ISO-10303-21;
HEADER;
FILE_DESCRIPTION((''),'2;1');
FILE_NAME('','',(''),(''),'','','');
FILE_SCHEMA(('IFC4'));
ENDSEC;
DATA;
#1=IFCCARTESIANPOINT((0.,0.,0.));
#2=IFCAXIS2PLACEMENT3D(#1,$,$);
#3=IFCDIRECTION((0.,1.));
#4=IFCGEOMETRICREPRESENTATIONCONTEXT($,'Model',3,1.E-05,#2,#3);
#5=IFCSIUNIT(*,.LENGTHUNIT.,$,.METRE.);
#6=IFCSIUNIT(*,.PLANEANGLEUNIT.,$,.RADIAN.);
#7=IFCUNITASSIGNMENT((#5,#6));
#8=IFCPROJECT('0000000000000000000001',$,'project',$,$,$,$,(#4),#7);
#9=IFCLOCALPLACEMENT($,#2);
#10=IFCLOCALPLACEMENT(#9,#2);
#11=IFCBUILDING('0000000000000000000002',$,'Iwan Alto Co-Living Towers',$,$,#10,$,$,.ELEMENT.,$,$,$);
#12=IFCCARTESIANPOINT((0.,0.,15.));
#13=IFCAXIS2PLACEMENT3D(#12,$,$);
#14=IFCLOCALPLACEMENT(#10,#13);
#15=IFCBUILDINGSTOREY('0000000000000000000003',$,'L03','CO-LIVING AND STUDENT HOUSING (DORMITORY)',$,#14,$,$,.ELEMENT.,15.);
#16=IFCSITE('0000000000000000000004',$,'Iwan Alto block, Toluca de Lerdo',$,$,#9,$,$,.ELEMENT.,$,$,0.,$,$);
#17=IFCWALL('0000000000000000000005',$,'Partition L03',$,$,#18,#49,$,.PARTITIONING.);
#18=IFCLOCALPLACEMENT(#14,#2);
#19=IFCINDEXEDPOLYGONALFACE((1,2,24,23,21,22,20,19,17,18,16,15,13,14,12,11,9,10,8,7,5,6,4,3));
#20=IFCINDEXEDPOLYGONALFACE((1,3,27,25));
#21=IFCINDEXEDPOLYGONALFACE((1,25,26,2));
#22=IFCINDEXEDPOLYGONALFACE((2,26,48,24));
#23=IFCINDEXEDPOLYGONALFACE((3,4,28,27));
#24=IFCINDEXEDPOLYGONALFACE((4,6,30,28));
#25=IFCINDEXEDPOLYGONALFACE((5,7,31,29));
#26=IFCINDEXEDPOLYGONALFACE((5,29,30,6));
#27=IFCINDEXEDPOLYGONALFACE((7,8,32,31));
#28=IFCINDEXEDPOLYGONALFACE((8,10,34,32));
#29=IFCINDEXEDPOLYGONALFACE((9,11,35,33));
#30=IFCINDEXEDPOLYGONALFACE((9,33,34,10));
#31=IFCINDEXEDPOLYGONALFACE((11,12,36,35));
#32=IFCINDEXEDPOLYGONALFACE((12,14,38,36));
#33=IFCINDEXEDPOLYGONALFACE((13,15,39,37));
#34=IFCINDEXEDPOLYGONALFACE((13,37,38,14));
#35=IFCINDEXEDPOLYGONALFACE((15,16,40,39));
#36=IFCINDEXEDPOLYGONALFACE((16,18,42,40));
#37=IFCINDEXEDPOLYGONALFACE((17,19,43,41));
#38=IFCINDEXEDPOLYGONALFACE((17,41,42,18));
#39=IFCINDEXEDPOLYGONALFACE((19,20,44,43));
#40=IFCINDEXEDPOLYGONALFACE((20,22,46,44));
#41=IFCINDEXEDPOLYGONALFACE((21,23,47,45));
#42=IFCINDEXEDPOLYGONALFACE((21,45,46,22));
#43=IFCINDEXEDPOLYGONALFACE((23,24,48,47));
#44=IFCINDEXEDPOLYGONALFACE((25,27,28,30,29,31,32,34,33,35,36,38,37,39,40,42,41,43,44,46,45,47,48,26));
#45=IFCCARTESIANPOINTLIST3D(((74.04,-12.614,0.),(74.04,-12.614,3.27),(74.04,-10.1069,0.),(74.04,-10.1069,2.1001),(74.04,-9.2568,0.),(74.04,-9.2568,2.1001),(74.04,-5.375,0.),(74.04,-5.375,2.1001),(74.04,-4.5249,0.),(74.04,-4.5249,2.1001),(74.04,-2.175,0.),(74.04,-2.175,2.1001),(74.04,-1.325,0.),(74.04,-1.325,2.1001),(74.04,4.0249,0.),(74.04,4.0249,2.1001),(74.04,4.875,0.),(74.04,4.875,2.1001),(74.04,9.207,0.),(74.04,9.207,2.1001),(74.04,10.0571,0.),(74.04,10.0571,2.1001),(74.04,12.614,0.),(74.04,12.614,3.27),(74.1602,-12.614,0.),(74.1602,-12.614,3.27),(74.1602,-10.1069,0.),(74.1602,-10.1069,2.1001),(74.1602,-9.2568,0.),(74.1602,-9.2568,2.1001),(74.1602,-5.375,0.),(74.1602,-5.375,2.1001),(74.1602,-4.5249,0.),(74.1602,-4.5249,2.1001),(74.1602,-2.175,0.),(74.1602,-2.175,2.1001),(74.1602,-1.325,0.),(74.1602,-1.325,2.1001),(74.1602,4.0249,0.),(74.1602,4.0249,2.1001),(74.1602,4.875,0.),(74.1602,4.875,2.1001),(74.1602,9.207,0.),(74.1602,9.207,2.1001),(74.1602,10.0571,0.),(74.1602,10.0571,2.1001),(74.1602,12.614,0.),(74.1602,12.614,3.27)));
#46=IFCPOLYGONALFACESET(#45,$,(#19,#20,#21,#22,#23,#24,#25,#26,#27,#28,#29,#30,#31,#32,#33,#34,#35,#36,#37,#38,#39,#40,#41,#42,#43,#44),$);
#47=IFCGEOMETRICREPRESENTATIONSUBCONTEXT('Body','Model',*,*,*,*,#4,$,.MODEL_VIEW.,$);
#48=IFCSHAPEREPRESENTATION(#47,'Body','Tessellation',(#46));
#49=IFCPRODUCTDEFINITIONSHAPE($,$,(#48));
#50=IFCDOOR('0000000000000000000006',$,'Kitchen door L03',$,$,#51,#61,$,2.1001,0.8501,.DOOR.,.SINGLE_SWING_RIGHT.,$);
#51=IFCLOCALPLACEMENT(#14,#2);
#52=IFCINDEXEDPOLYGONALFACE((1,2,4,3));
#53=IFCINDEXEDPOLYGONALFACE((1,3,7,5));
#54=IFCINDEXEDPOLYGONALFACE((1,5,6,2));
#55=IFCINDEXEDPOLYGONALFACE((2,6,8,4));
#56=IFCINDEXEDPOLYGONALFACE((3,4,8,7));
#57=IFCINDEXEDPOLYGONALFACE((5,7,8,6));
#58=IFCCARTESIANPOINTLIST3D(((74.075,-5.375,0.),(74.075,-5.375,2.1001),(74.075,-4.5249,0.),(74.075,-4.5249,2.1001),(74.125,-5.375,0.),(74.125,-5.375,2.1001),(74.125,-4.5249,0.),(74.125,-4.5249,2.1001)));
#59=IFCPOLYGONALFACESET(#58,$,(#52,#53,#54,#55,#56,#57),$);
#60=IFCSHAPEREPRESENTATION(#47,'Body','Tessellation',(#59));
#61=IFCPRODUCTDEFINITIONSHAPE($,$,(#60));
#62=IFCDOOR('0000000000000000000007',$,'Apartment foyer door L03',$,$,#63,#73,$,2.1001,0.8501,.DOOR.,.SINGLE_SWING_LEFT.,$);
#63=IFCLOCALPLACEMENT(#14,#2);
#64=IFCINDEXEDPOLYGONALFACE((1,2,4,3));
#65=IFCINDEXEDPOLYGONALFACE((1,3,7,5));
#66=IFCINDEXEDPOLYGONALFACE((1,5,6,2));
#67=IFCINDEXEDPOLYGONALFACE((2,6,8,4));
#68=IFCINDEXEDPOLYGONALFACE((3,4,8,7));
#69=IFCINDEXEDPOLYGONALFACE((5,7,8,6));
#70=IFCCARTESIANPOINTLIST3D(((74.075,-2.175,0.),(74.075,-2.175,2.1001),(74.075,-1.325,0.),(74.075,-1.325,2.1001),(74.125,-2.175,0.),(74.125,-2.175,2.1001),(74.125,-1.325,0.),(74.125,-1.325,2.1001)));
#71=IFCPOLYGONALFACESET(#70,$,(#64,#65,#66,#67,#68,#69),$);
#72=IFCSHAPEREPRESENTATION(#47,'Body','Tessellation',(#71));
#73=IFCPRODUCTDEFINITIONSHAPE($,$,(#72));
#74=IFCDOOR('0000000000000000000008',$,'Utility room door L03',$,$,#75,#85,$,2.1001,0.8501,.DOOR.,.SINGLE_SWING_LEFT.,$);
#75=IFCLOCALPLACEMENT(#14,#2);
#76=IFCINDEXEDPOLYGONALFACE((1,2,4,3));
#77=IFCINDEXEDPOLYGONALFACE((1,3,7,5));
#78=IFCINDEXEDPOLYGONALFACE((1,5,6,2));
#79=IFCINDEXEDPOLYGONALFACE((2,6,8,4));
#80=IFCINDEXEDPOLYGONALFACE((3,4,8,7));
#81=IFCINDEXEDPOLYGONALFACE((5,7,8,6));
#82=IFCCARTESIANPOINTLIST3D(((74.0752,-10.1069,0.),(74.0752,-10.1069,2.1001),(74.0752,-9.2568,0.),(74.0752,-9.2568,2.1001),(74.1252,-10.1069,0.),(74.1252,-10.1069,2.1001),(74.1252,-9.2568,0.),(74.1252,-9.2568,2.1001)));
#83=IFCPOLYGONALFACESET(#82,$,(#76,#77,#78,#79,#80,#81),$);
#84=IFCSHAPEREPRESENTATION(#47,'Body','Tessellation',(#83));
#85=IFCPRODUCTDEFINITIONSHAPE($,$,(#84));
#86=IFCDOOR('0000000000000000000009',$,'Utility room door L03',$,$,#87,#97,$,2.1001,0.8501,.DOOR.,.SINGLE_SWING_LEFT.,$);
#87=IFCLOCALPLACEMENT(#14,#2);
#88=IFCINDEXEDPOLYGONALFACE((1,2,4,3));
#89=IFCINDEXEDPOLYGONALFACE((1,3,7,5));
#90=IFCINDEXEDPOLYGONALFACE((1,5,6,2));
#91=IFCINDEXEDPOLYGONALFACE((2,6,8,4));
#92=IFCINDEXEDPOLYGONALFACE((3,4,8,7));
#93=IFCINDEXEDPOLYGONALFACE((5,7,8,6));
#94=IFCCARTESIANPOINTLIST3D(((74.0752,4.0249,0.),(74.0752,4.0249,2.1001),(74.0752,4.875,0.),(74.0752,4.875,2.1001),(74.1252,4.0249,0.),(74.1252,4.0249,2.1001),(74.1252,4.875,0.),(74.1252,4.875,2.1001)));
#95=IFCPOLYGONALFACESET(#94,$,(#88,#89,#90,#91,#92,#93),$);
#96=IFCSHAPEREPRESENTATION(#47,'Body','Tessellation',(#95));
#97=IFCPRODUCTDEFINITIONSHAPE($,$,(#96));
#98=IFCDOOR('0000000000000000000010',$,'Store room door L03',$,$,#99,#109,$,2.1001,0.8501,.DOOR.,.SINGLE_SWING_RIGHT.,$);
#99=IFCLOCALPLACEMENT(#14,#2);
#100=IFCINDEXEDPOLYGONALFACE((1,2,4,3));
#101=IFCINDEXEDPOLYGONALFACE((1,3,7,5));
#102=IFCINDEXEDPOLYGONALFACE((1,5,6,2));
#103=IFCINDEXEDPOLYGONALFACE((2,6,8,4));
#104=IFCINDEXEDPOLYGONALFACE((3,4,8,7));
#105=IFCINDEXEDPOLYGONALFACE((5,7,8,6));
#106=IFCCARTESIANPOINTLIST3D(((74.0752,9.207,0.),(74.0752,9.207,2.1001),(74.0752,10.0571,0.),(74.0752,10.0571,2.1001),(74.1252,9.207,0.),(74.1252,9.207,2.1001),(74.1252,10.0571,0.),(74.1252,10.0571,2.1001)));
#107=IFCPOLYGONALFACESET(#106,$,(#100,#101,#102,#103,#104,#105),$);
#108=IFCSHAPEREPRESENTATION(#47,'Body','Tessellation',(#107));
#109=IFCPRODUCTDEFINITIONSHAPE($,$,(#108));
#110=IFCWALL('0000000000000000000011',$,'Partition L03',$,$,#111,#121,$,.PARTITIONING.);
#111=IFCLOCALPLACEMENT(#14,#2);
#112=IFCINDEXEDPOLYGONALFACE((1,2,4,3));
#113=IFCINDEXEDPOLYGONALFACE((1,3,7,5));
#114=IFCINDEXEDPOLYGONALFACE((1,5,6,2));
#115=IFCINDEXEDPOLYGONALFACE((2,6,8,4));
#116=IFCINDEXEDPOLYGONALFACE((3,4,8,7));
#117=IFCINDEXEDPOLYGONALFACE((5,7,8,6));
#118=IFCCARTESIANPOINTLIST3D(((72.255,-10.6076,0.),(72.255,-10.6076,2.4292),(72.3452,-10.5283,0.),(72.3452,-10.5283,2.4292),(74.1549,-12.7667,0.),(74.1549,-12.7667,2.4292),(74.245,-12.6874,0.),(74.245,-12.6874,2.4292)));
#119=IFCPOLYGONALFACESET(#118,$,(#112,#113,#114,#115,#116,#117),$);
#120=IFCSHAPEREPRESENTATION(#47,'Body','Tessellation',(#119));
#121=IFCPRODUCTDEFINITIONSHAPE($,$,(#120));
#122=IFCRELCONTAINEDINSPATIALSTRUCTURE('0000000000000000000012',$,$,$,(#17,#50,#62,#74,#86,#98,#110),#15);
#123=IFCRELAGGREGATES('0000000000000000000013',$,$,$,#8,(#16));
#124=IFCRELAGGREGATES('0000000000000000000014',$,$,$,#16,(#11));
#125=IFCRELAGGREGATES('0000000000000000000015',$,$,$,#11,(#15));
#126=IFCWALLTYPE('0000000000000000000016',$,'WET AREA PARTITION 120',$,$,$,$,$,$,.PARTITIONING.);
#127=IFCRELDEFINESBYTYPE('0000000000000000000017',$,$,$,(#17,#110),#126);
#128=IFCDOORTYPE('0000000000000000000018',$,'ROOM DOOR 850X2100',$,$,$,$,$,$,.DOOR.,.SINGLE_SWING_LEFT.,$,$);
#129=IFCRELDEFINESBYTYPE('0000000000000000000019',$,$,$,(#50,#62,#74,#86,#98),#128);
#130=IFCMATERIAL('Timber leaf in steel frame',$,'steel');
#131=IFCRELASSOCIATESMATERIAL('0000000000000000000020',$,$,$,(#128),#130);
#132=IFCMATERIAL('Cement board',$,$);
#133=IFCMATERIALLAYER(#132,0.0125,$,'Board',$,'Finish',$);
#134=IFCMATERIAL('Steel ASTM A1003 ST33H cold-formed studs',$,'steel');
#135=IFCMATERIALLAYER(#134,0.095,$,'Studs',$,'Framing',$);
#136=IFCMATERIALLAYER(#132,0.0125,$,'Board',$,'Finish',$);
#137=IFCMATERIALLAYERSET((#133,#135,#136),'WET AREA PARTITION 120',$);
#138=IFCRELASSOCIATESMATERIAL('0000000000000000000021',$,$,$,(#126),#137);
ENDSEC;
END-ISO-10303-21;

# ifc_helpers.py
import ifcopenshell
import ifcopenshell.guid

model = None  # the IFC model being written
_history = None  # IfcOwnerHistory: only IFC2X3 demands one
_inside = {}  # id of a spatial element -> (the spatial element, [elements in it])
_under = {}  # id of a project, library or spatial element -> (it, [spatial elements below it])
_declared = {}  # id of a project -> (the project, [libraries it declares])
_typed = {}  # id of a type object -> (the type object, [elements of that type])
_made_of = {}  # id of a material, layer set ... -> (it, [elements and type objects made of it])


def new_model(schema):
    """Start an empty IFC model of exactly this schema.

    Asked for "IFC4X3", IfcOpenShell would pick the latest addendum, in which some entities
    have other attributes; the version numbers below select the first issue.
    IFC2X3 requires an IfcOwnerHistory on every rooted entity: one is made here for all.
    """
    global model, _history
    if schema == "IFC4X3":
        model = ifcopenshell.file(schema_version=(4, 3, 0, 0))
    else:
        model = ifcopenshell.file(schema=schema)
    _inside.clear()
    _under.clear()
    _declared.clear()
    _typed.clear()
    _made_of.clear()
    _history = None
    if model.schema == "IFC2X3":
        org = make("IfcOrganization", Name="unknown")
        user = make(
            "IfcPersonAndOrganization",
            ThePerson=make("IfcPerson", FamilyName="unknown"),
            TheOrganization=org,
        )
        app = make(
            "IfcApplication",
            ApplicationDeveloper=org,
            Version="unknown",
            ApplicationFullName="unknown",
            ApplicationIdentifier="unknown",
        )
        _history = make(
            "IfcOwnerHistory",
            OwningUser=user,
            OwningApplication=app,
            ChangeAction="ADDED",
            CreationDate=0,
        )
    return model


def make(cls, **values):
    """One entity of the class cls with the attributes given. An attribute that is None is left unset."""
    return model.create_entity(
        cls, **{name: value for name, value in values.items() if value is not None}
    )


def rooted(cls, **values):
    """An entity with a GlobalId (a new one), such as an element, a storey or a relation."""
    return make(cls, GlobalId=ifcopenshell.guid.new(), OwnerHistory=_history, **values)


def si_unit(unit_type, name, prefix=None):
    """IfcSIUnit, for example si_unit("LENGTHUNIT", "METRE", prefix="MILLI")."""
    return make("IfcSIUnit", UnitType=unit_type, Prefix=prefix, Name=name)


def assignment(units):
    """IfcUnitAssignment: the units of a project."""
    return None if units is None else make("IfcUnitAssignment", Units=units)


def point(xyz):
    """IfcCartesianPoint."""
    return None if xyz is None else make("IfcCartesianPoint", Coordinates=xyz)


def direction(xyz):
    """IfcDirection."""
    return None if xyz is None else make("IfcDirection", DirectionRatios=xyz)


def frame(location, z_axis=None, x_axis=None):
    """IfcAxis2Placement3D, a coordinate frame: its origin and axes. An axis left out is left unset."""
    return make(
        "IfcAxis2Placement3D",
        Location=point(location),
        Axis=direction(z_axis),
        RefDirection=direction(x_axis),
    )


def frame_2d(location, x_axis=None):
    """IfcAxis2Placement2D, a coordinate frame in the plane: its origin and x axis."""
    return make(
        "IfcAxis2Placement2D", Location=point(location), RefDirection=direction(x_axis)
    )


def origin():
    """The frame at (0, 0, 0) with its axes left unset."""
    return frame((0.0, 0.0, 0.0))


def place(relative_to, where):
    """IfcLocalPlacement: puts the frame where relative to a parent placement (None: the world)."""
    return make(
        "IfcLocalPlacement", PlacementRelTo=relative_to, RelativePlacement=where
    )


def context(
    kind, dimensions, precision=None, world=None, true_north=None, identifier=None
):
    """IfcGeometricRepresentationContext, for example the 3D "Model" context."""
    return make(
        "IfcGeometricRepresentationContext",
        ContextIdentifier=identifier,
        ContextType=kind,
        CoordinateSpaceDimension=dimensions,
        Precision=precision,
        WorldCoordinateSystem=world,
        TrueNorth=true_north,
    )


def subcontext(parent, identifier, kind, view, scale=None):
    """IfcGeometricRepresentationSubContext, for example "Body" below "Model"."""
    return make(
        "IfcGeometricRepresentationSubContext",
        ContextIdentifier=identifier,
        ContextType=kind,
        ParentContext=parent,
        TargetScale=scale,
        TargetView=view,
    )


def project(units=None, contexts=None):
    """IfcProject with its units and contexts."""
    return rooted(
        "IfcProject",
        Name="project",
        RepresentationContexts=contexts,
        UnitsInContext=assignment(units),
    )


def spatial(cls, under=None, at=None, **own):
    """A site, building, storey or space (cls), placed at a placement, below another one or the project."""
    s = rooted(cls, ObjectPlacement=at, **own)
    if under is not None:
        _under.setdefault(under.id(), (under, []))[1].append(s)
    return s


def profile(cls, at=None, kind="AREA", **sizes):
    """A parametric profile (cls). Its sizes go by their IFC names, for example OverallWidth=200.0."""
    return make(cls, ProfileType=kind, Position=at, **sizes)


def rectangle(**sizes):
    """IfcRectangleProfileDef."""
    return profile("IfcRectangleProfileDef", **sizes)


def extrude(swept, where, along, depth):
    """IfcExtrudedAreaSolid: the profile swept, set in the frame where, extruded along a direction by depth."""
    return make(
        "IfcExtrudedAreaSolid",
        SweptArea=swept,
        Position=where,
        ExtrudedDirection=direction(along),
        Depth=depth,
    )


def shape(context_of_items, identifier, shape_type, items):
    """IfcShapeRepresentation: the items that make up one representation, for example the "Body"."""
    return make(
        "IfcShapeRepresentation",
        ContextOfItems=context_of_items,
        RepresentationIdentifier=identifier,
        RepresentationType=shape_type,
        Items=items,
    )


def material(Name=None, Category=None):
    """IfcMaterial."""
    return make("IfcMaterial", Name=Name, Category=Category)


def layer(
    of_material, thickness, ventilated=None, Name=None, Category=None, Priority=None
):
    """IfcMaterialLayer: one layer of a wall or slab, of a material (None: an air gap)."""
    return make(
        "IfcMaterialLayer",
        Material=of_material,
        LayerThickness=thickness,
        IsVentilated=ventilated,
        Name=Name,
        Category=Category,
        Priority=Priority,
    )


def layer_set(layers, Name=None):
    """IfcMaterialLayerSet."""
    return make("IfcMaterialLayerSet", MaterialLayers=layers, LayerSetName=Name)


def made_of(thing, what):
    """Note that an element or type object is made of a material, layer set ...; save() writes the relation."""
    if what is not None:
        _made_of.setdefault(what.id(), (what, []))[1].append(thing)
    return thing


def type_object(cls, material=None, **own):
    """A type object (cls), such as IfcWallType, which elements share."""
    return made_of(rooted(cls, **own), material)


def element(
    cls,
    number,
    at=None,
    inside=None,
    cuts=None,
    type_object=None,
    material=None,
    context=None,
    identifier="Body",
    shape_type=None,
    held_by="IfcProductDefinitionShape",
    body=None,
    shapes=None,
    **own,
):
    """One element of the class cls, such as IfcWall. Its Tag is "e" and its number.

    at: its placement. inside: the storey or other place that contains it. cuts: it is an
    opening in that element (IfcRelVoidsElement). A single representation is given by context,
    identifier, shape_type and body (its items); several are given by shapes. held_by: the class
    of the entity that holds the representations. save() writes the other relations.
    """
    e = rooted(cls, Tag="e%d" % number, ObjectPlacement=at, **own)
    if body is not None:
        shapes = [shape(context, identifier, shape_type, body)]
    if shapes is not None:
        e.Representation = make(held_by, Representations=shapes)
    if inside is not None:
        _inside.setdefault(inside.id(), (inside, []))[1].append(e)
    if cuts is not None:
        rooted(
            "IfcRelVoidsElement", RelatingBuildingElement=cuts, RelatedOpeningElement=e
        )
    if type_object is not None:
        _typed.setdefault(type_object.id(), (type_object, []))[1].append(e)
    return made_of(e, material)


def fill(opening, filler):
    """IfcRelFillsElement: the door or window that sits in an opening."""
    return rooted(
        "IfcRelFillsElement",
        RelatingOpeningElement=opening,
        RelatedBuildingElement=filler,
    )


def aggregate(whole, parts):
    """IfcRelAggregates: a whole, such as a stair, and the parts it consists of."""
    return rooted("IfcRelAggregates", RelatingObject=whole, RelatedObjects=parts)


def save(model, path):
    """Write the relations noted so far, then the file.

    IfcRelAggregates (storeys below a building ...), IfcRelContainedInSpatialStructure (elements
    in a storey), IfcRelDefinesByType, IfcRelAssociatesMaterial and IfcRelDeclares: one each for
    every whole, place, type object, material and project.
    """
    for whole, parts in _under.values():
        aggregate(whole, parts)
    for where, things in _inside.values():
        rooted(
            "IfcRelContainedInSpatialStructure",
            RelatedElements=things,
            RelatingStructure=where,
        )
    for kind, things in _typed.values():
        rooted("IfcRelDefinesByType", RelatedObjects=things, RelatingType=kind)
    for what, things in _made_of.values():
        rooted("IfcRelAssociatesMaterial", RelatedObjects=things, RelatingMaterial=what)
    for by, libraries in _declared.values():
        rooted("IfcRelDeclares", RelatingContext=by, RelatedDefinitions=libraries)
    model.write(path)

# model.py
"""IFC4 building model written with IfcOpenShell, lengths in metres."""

from ifc_helpers import new_model, si_unit, direction, frame, frame_2d, origin, place, context, subcontext, project, spatial, rectangle, extrude, material, layer, layer_set, type_object, element, fill, save


model = new_model("IFC4")

# Units and contexts
model_context = context("Model", 3, precision=1e-05, world=origin(), true_north=direction((0.0, 1.0)))
body_context = subcontext(model_context, "Body", "Model", "MODEL_VIEW")
ifc_project = project(units=[si_unit("LENGTHUNIT", "METRE"), si_unit("PLANEANGLEUNIT", "RADIAN")], contexts=[model_context])

# Site, building, storey
site_placement = place(None, origin())
site = spatial("IfcSite", under=ifc_project, at=site_placement, Name="Iwan Alto block, Toluca de Lerdo", CompositionType="ELEMENT", RefElevation=0.0)
building_placement = place(site_placement, origin())
building = spatial("IfcBuilding", under=site, at=building_placement, Name="Iwan Alto Co-Living Towers", CompositionType="ELEMENT")
storey_placement = place(building_placement, frame((0.0, 0.0, 15.0)))
storey = spatial("IfcBuildingStorey", under=building, at=storey_placement, Name="L03", Description="CO-LIVING AND STUDENT HOUSING (DORMITORY)", CompositionType="ELEMENT", Elevation=15.0)

# Shared definitions
ifc_material_1 = material(Name="Steel ASTM A1003 ST33H cold-formed studs", Category="steel")

# Shared definitions
ifc_material_2 = material(Name="Timber leaf in steel frame", Category="steel")
door_type_1 = type_object("IfcDoorType", Name="ROOM DOOR 850X2100", OperationType="SINGLE_SWING_LEFT", PredefinedType="DOOR", material=ifc_material_2)

# Shared definitions
ifc_material_3 = material(Name="Cement board")
ifc_layer_1 = layer(ifc_material_3, 0.0125, Name="Board", Category="Finish")
ifc_layer_2 = layer(ifc_material_1, 0.095, Name="Studs", Category="Framing")
ifc_layer_3 = layer(ifc_material_3, 0.0125, Name="Board", Category="Finish")
ifc_layer_set_1 = layer_set([ifc_layer_1, ifc_layer_2, ifc_layer_3], Name="WET AREA PARTITION 120")
wall_type_1 = type_object("IfcWallType", Name="WET AREA PARTITION 120", PredefinedType="PARTITIONING", material=ifc_layer_set_1)

# Wall, openings, doors
wall_1_placement = place(storey_placement, frame((74.1001, -12.614, 0.0), z_axis=(0.0, 0.0, 1.0), x_axis=(0.0, 1.0, 0.0)))
wall_1 = element("IfcWall", 1, at=wall_1_placement, inside=storey, type_object=wall_type_1, Name="Partition L03", PredefinedType="PARTITIONING", context=body_context, shape_type="SweptSolid", body=[
    extrude(rectangle(XDim=25.228, YDim=0.1201, at=frame_2d((12.614, 0.0))), origin(), (0.0, 0.0, 1.0), 3.27),
])
opening_1_placement = place(wall_1_placement, frame((7.239, 0.0, 0.0)))
opening_1 = element("IfcOpeningElement", 2, at=opening_1_placement, cuts=wall_1, PredefinedType="OPENING", context=body_context, shape_type="SweptSolid", body=[
    extrude(rectangle(XDim=0.8501, YDim=2.1001, at=frame_2d((0.425, 1.05))), frame((0.0, 0.0701, 0.0), z_axis=(0.0, -1.0, 0.0), x_axis=(1.0, 0.0, 0.0)), (0.0, 0.0, 1.0), 0.1401),
])
opening_2_placement = place(wall_1_placement, frame((10.439, 0.0, 0.0)))
opening_2 = element("IfcOpeningElement", 3, at=opening_2_placement, cuts=wall_1, PredefinedType="OPENING", context=body_context, shape_type="SweptSolid", body=[
    extrude(rectangle(XDim=0.8501, YDim=2.1001, at=frame_2d((0.425, 1.05))), frame((0.0, 0.0701, 0.0), z_axis=(0.0, -1.0, 0.0), x_axis=(1.0, 0.0, 0.0)), (0.0, 0.0, 1.0), 0.1401),
])
opening_3_placement = place(wall_1_placement, frame((2.5071, 0.0, 0.0)))
opening_3 = element("IfcOpeningElement", 4, at=opening_3_placement, cuts=wall_1, PredefinedType="OPENING", context=body_context, shape_type="SweptSolid", body=[
    extrude(rectangle(XDim=0.8501, YDim=2.1001, at=frame_2d((0.425, 1.05))), frame((0.0, 0.0701, 0.0), z_axis=(0.0, -1.0, 0.0), x_axis=(1.0, 0.0, 0.0)), (0.0, 0.0, 1.0), 0.1401),
])
opening_4_placement = place(wall_1_placement, frame((16.6389, 0.0, 0.0)))
opening_4 = element("IfcOpeningElement", 5, at=opening_4_placement, cuts=wall_1, PredefinedType="OPENING", context=body_context, shape_type="SweptSolid", body=[
    extrude(rectangle(XDim=0.8501, YDim=2.1001, at=frame_2d((0.425, 1.05))), frame((0.0, 0.0701, 0.0), z_axis=(0.0, -1.0, 0.0), x_axis=(1.0, 0.0, 0.0)), (0.0, 0.0, 1.0), 0.1401),
])
opening_5_placement = place(wall_1_placement, frame((21.821, 0.0, 0.0)))
opening_5 = element("IfcOpeningElement", 6, at=opening_5_placement, cuts=wall_1, PredefinedType="OPENING", context=body_context, shape_type="SweptSolid", body=[
    extrude(rectangle(XDim=0.8501, YDim=2.1001, at=frame_2d((0.425, 1.05))), frame((0.0, 0.0701, 0.0), z_axis=(0.0, -1.0, 0.0), x_axis=(1.0, 0.0, 0.0)), (0.0, 0.0, 1.0), 0.1401),
])
door_1_placement = place(opening_1_placement, frame((0.8501, 0.0, 0.0), z_axis=(0.0, 0.0, 1.0), x_axis=(-1.0, 0.0, 0.0)))
door_1 = element("IfcDoor", 7, at=door_1_placement, inside=storey, type_object=door_type_1, Name="Kitchen door L03", OperationType="SINGLE_SWING_RIGHT", OverallHeight=2.1001, OverallWidth=0.8501, PredefinedType="DOOR", context=body_context, shape_type="SweptSolid", body=[
    extrude(rectangle(XDim=0.8501, YDim=2.1001, at=frame_2d((0.425, 1.05))), frame((0.0, 0.0249, 0.0), z_axis=(0.0, -1.0, 0.0), x_axis=(1.0, 0.0, 0.0)), (0.0, 0.0, 1.0), 0.05),
])
fill(opening_1, door_1)
door_2_placement = place(opening_2_placement, frame((0.8501, 0.0, 0.0), z_axis=(0.0, 0.0, 1.0), x_axis=(-1.0, 0.0, 0.0)))
door_2 = element("IfcDoor", 8, at=door_2_placement, inside=storey, type_object=door_type_1, Name="Apartment foyer door L03", OperationType="SINGLE_SWING_LEFT", OverallHeight=2.1001, OverallWidth=0.8501, PredefinedType="DOOR", context=body_context, shape_type="SweptSolid", body=[
    extrude(rectangle(XDim=0.8501, YDim=2.1001, at=frame_2d((0.425, 1.05))), frame((0.0, 0.0249, 0.0), z_axis=(0.0, -1.0, 0.0), x_axis=(1.0, 0.0, 0.0)), (0.0, 0.0, 1.0), 0.05),
])
fill(opening_2, door_2)
door_3_placement = place(opening_3_placement, origin())
door_3 = element("IfcDoor", 9, at=door_3_placement, inside=storey, type_object=door_type_1, Name="Utility room door L03", OperationType="SINGLE_SWING_LEFT", OverallHeight=2.1001, OverallWidth=0.8501, PredefinedType="DOOR", context=body_context, shape_type="SweptSolid", body=[
    extrude(rectangle(XDim=0.8501, YDim=2.1001, at=frame_2d((0.425, 1.05))), frame((0.0, 0.0249, 0.0), z_axis=(0.0, -1.0, 0.0), x_axis=(1.0, 0.0, 0.0)), (0.0, 0.0, 1.0), 0.05),
])
fill(opening_3, door_3)
door_4_placement = place(opening_4_placement, origin())
door_4 = element("IfcDoor", 10, at=door_4_placement, inside=storey, type_object=door_type_1, Name="Utility room door L03", OperationType="SINGLE_SWING_LEFT", OverallHeight=2.1001, OverallWidth=0.8501, PredefinedType="DOOR", context=body_context, shape_type="SweptSolid", body=[
    extrude(rectangle(XDim=0.8501, YDim=2.1001, at=frame_2d((0.425, 1.05))), frame((0.0, 0.0249, 0.0), z_axis=(0.0, -1.0, 0.0), x_axis=(1.0, 0.0, 0.0)), (0.0, 0.0, 1.0), 0.05),
])
fill(opening_4, door_4)
door_5_placement = place(opening_5_placement, origin())
door_5 = element("IfcDoor", 11, at=door_5_placement, inside=storey, type_object=door_type_1, Name="Store room door L03", OperationType="SINGLE_SWING_RIGHT", OverallHeight=2.1001, OverallWidth=0.8501, PredefinedType="DOOR", context=body_context, shape_type="SweptSolid", body=[
    extrude(rectangle(XDim=0.8501, YDim=2.1001, at=frame_2d((0.425, 1.05))), frame((0.0, 0.0249, 0.0), z_axis=(0.0, -1.0, 0.0), x_axis=(1.0, 0.0, 0.0)), (0.0, 0.0, 1.0), 0.05),
])
fill(opening_5, door_5)

# Wall
wall_2_placement = place(storey_placement, frame((74.2, -12.7271, 0.0), z_axis=(0.0, 0.0, 1.0), x_axis=(-0.660593, 0.750744, 0.0)))
element("IfcWall", 12, at=wall_2_placement, inside=storey, type_object=wall_type_1, Name="Partition L03", PredefinedType="PARTITIONING", context=body_context, shape_type="SweptSolid", body=[
    extrude(rectangle(XDim=2.876, YDim=0.1201, at=frame_2d((1.438, 0.0))), origin(), (0.0, 0.0, 1.0), 2.4292),
])

save(model, "model.ifc")
